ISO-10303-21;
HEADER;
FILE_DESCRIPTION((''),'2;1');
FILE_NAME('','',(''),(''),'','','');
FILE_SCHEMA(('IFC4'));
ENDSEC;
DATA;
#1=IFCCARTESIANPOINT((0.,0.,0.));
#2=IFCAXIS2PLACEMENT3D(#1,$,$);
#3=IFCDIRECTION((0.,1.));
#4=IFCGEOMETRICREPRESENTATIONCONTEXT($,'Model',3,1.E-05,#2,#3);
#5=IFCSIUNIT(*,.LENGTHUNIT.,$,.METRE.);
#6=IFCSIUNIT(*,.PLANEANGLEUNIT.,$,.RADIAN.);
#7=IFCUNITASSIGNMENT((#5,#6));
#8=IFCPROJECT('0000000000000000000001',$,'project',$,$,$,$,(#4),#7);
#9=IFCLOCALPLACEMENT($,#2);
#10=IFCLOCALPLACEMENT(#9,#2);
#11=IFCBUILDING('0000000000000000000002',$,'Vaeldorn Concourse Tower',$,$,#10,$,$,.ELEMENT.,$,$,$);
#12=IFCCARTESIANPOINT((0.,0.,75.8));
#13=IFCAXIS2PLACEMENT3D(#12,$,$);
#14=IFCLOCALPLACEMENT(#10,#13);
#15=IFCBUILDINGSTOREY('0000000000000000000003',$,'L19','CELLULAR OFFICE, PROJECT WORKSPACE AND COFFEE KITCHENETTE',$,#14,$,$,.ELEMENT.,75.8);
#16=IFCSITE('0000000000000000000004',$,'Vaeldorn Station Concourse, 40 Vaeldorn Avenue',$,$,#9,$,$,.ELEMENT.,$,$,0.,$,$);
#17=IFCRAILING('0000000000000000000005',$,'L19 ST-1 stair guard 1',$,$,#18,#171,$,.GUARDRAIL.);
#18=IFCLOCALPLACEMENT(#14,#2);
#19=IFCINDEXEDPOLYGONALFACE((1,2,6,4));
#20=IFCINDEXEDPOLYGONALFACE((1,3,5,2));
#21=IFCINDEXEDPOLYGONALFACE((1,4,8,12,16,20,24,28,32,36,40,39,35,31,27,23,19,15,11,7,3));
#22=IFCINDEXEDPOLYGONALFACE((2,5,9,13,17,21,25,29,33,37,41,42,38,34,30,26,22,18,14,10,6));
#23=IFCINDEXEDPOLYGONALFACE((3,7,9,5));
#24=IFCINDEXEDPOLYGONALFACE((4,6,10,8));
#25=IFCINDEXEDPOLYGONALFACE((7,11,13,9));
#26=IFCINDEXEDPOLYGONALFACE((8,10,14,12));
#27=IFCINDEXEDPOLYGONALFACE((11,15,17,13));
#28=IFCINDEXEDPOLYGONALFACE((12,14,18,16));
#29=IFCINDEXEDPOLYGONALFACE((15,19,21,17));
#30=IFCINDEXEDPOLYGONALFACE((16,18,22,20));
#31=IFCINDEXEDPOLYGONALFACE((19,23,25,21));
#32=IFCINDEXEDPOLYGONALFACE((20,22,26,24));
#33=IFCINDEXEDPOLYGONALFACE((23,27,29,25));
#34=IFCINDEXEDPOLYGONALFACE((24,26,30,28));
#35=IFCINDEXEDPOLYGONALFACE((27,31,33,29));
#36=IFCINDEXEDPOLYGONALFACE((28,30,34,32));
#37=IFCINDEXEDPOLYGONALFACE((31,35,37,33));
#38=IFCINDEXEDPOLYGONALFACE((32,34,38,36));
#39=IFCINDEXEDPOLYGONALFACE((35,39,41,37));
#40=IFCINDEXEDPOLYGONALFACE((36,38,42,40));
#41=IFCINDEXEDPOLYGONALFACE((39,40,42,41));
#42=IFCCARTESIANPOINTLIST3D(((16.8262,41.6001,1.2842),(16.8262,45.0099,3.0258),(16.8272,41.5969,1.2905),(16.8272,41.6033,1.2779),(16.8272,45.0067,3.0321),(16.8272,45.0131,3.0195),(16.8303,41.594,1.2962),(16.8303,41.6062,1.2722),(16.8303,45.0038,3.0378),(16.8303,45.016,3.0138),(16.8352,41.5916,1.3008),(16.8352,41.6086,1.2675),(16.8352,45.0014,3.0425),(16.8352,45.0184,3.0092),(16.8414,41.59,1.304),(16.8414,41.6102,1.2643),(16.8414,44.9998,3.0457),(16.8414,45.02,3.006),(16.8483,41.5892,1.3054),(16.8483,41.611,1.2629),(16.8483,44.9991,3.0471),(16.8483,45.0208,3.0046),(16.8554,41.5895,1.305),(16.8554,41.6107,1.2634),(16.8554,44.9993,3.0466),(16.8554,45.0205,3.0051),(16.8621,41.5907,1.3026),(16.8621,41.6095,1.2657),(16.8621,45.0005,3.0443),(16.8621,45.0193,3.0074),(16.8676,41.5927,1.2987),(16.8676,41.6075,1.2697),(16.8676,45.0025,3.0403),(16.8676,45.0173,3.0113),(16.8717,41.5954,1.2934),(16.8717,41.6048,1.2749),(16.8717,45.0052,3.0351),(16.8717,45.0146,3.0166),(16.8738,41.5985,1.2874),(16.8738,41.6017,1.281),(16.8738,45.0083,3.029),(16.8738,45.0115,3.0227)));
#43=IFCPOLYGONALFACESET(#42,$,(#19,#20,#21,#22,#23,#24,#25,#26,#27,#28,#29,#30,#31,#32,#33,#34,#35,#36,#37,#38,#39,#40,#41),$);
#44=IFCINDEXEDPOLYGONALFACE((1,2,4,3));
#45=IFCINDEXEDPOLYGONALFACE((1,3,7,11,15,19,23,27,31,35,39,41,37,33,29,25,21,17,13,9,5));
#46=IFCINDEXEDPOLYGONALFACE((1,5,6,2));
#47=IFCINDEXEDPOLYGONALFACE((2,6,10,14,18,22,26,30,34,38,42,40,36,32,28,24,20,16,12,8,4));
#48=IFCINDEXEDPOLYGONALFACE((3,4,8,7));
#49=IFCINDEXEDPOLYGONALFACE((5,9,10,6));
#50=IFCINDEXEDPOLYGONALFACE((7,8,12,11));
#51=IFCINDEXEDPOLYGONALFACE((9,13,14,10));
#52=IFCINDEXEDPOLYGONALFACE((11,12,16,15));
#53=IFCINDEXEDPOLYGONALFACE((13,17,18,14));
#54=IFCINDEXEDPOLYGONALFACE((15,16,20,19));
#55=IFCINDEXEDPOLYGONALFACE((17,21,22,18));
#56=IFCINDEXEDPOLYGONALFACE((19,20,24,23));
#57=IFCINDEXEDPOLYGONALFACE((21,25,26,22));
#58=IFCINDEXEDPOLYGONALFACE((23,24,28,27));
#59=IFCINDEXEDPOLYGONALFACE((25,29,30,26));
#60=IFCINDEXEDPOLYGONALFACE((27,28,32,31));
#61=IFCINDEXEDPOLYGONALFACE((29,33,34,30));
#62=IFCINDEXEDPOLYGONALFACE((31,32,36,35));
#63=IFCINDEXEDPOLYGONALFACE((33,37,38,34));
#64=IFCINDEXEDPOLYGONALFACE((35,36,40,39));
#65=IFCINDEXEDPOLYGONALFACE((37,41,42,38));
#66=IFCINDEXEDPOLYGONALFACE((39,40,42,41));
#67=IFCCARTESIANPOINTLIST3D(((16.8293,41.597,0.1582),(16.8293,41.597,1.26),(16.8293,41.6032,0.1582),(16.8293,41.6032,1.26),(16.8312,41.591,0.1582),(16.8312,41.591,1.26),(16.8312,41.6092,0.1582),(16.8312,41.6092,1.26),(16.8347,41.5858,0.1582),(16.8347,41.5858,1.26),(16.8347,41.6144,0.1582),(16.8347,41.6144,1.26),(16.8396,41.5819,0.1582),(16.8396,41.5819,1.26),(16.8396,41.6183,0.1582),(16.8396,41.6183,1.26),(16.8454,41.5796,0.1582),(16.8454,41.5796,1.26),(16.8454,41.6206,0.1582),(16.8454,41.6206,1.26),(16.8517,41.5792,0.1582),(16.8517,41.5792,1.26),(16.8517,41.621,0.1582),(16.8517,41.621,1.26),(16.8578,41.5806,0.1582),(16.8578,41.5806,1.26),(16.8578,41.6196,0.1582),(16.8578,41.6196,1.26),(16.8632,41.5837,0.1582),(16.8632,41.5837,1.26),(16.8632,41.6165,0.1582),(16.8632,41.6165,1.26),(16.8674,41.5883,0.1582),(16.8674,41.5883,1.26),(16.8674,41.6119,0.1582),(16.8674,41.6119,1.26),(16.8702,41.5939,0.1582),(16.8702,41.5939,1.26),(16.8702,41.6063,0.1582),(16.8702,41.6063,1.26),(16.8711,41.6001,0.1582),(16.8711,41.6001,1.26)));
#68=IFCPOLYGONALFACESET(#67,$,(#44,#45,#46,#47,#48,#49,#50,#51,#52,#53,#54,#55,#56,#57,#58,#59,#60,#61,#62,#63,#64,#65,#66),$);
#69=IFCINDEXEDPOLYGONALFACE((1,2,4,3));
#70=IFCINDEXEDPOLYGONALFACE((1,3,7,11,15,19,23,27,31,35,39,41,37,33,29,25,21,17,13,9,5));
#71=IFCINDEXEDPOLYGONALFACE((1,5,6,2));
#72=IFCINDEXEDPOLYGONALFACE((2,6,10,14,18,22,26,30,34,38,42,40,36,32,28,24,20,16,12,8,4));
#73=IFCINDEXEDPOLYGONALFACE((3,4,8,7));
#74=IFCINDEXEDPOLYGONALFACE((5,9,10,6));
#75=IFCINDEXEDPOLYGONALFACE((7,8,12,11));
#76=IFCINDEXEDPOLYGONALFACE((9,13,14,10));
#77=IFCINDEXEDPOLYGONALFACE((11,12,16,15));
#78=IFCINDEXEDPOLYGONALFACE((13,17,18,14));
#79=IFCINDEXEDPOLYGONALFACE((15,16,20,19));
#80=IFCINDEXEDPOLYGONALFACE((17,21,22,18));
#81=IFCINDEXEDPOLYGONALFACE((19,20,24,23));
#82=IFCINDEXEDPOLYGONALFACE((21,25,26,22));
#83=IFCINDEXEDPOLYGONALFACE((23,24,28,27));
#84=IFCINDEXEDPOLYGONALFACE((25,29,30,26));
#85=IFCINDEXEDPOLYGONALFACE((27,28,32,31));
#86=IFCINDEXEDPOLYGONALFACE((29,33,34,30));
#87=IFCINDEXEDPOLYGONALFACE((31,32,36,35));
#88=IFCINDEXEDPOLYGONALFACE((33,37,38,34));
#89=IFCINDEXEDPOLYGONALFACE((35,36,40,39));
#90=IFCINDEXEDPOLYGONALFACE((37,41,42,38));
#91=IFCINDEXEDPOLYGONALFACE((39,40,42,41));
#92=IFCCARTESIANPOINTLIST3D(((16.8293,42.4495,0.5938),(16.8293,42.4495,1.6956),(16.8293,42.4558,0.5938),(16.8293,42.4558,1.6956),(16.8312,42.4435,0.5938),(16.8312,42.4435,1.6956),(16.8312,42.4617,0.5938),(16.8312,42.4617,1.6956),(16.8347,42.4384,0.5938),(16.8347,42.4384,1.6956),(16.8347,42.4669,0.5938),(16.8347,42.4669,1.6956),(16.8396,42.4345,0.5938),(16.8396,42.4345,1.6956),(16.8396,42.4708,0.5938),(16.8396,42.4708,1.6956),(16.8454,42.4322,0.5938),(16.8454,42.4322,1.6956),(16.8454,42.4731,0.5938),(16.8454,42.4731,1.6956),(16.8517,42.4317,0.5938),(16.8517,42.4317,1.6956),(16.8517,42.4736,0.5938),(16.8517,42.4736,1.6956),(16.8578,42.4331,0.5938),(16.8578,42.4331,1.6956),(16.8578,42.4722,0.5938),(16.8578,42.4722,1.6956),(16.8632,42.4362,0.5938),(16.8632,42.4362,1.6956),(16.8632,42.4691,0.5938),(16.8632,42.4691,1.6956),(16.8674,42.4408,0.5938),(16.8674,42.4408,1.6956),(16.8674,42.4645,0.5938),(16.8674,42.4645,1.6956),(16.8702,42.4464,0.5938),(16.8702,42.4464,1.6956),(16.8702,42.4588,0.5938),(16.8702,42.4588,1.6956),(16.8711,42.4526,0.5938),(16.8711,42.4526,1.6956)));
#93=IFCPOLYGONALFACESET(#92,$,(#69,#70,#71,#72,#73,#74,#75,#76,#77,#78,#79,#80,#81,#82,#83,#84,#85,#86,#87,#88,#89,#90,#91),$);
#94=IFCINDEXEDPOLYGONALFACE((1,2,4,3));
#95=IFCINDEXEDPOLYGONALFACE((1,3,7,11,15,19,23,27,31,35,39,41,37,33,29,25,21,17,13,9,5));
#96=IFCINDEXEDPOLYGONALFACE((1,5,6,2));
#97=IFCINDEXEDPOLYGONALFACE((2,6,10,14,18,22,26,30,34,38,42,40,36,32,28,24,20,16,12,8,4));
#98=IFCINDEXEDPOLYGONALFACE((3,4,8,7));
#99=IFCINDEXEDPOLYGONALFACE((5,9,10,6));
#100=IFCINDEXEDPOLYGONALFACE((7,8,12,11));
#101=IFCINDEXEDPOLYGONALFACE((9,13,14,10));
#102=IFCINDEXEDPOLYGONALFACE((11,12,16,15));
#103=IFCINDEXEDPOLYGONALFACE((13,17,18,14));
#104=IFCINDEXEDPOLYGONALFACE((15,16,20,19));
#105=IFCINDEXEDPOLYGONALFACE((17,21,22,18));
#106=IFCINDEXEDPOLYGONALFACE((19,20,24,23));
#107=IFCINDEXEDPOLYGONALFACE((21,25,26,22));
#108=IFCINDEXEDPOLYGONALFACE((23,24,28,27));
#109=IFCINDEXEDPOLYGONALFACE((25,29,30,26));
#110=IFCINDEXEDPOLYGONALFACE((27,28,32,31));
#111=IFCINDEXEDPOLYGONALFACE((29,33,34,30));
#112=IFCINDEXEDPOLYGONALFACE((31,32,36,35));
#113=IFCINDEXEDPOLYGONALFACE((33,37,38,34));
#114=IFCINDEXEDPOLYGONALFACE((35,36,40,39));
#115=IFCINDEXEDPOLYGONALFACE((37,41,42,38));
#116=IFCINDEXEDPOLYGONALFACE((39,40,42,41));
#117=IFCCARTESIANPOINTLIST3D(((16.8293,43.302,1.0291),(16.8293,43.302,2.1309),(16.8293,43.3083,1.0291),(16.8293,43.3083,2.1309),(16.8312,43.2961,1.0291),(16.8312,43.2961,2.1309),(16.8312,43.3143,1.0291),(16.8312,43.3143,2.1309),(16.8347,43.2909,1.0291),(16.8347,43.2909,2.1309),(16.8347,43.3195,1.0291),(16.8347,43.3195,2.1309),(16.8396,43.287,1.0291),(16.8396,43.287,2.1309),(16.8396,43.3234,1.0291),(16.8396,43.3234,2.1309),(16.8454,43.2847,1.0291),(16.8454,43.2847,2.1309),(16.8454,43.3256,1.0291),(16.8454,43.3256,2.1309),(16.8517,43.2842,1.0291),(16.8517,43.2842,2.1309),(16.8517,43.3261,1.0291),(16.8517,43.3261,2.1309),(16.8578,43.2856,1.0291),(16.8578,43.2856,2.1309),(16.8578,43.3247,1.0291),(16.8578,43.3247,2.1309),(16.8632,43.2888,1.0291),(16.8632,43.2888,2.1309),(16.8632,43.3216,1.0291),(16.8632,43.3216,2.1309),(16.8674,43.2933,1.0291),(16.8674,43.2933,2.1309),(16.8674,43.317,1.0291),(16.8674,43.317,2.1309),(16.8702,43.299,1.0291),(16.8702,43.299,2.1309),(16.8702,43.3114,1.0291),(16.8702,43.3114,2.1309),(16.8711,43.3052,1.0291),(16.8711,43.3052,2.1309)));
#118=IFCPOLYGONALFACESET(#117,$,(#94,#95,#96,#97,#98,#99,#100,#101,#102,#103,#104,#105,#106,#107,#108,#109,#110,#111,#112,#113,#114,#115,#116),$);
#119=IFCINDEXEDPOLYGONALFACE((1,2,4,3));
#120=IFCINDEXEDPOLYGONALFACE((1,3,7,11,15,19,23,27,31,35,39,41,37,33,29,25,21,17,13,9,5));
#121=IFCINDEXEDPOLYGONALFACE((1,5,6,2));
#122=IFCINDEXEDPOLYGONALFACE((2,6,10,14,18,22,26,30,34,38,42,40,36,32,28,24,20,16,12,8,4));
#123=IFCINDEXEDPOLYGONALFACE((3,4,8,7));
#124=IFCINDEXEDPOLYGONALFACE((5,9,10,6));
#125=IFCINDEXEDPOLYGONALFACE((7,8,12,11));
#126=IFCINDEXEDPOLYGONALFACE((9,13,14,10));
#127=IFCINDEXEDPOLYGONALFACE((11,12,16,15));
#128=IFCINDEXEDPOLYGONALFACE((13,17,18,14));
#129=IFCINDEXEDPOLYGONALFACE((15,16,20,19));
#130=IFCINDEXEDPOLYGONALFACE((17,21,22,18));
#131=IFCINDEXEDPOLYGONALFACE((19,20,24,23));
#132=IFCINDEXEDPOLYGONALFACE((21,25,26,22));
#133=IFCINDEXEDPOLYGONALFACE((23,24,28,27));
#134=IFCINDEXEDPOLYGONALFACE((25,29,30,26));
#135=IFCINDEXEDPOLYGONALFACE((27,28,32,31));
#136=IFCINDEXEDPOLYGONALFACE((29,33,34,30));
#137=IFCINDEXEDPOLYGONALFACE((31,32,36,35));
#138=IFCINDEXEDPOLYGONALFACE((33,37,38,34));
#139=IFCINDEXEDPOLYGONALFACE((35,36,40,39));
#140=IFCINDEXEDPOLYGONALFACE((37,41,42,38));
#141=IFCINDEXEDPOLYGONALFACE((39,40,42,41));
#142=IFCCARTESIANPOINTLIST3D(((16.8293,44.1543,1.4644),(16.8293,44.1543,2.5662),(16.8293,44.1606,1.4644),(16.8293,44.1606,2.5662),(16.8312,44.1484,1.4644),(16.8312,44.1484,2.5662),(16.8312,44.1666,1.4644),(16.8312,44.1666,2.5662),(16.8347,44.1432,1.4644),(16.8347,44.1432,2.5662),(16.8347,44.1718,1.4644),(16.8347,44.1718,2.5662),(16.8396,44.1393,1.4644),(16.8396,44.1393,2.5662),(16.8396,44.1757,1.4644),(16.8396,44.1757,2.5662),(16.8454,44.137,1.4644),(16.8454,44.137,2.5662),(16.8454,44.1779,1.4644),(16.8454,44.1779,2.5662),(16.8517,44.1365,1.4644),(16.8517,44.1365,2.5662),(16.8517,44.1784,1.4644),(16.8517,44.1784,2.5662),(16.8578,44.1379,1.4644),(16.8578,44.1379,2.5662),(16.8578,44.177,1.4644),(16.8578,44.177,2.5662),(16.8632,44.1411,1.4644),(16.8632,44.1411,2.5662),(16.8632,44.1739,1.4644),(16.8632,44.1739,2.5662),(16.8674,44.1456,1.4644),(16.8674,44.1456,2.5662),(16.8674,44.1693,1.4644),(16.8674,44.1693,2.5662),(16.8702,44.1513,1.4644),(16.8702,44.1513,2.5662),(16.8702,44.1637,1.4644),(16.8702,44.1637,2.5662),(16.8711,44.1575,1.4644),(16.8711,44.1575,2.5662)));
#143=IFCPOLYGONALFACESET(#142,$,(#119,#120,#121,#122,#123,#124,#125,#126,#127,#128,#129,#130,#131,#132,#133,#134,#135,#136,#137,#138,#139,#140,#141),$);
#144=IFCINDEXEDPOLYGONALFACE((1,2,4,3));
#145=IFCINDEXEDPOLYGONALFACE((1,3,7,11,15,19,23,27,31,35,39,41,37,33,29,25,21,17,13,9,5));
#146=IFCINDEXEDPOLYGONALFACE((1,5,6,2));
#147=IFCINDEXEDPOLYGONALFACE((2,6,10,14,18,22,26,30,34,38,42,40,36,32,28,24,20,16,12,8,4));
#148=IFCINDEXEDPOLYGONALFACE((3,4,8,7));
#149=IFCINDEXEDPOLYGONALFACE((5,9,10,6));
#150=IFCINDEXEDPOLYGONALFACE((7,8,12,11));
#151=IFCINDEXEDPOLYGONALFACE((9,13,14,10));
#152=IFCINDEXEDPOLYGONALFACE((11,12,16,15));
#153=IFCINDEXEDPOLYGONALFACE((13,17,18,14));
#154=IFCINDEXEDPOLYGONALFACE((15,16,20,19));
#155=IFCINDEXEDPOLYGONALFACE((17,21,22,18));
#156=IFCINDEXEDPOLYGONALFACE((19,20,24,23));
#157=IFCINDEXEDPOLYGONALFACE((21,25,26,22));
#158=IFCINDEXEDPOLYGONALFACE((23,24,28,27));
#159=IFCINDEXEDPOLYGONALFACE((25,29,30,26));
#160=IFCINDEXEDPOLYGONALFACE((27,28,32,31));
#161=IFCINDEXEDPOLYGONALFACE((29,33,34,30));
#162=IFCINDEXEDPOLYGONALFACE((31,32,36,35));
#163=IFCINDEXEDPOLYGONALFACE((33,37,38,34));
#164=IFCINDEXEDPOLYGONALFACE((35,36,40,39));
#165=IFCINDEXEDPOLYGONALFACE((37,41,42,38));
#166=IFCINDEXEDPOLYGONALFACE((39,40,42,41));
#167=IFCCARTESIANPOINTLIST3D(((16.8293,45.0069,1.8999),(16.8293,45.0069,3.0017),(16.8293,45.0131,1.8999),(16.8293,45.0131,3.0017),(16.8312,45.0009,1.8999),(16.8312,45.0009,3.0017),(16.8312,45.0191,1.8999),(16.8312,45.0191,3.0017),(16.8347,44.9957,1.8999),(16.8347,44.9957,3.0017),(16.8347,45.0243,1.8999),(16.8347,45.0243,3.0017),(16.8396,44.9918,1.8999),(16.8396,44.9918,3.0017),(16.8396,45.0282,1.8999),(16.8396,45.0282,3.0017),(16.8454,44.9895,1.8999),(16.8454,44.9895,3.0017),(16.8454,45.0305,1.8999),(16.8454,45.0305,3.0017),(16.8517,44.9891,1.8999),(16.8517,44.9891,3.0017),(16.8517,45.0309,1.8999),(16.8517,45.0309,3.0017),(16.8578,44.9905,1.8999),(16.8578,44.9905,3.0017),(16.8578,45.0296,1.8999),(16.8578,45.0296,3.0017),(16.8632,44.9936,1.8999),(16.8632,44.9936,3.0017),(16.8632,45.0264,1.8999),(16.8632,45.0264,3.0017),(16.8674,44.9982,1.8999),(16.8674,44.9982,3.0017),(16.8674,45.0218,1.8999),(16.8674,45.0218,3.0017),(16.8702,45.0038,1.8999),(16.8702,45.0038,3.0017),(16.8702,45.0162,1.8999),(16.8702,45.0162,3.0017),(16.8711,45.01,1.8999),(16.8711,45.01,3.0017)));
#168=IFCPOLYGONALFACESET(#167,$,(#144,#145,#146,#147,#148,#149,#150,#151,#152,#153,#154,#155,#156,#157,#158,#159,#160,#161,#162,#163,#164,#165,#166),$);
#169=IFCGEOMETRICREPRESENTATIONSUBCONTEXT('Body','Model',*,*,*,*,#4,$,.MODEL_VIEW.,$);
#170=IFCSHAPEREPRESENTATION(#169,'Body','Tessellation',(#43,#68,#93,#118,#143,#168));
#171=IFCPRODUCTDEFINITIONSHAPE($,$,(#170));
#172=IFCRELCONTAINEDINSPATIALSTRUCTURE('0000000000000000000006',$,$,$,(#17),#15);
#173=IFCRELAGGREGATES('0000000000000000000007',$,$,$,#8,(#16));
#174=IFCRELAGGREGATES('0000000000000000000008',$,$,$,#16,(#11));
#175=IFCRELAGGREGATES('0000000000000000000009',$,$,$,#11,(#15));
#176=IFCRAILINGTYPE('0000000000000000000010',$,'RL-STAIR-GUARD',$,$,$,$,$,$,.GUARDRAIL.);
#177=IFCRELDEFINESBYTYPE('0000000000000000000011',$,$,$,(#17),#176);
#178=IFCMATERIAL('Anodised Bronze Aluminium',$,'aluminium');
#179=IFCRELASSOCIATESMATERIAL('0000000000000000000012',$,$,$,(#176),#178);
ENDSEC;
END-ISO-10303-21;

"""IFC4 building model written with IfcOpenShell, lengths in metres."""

from ifc_helpers import new_model, si_unit, direction, frame, origin, origin_2d, place, context, subcontext, project, spatial, circle, extrude, material, type_object, element, save


model = new_model("IFC4")

# Units and contexts
model_context = context("Model", 3, precision=1e-05, world=origin(), true_north=direction((0.0, 1.0)))
body_context = subcontext(model_context, "Body", "Model", "MODEL_VIEW")
ifc_project = project(units=[si_unit("LENGTHUNIT", "METRE"), si_unit("PLANEANGLEUNIT", "RADIAN")], contexts=[model_context])

# Site, building, storey
site_placement = place(None, origin())
site = spatial("IfcSite", under=ifc_project, at=site_placement, Name="Vaeldorn Station Concourse, 40 Vaeldorn Avenue", CompositionType="ELEMENT", RefElevation=0.0)
building_placement = place(site_placement, origin())
building = spatial("IfcBuilding", under=site, at=building_placement, Name="Vaeldorn Concourse Tower", CompositionType="ELEMENT")
storey_placement = place(building_placement, frame((0.0, 0.0, 75.8)))
storey = spatial("IfcBuildingStorey", under=building, at=storey_placement, Name="L19", Description="CELLULAR OFFICE, PROJECT WORKSPACE AND COFFEE KITCHENETTE", CompositionType="ELEMENT", Elevation=75.8)

# Shared definitions
ifc_material_1 = material(Name="Anodised Bronze Aluminium", Category="aluminium")

# Railing
railing_type_1 = type_object("IfcRailingType", Name="RL-STAIR-GUARD", PredefinedType="GUARDRAIL", material=ifc_material_1)
railing_1_placement = place(storey_placement, frame((16.8501, 41.6001, 0.1582)))
element("IfcRailing", 1, at=railing_1_placement, inside=storey, type_object=railing_type_1, Name="L19 ST-1 stair guard 1", PredefinedType="GUARDRAIL", context=body_context, shape_type="SweptSolid", body=[
    extrude(circle(Radius=0.0239, at=origin_2d()), frame((0.0, 0.0, 1.126), z_axis=(0.0, 0.890556, 0.454874), x_axis=(-1.0, 0.0, 0.0)), (0.0, 0.0, 1.0), 3.8289),
    extrude(circle(Radius=0.021, at=origin_2d()), origin(), (0.0, 0.0, 1.0), 1.1018),
    extrude(circle(Radius=0.021, at=origin_2d()), frame((0.0, 0.8525, 0.4355)), (0.0, 0.0, 1.0), 1.1018),
    extrude(circle(Radius=0.021, at=origin_2d()), frame((0.0, 1.7051, 0.8708)), (0.0, 0.0, 1.0), 1.1018),
    extrude(circle(Radius=0.021, at=origin_2d()), frame((0.0, 2.5574, 1.3062)), (0.0, 0.0, 1.0), 1.1018),
    extrude(circle(Radius=0.021, at=origin_2d()), frame((0.0, 3.4099, 1.7417)), (0.0, 0.0, 1.0), 1.1018),
])

save(model, "model.ifc")
